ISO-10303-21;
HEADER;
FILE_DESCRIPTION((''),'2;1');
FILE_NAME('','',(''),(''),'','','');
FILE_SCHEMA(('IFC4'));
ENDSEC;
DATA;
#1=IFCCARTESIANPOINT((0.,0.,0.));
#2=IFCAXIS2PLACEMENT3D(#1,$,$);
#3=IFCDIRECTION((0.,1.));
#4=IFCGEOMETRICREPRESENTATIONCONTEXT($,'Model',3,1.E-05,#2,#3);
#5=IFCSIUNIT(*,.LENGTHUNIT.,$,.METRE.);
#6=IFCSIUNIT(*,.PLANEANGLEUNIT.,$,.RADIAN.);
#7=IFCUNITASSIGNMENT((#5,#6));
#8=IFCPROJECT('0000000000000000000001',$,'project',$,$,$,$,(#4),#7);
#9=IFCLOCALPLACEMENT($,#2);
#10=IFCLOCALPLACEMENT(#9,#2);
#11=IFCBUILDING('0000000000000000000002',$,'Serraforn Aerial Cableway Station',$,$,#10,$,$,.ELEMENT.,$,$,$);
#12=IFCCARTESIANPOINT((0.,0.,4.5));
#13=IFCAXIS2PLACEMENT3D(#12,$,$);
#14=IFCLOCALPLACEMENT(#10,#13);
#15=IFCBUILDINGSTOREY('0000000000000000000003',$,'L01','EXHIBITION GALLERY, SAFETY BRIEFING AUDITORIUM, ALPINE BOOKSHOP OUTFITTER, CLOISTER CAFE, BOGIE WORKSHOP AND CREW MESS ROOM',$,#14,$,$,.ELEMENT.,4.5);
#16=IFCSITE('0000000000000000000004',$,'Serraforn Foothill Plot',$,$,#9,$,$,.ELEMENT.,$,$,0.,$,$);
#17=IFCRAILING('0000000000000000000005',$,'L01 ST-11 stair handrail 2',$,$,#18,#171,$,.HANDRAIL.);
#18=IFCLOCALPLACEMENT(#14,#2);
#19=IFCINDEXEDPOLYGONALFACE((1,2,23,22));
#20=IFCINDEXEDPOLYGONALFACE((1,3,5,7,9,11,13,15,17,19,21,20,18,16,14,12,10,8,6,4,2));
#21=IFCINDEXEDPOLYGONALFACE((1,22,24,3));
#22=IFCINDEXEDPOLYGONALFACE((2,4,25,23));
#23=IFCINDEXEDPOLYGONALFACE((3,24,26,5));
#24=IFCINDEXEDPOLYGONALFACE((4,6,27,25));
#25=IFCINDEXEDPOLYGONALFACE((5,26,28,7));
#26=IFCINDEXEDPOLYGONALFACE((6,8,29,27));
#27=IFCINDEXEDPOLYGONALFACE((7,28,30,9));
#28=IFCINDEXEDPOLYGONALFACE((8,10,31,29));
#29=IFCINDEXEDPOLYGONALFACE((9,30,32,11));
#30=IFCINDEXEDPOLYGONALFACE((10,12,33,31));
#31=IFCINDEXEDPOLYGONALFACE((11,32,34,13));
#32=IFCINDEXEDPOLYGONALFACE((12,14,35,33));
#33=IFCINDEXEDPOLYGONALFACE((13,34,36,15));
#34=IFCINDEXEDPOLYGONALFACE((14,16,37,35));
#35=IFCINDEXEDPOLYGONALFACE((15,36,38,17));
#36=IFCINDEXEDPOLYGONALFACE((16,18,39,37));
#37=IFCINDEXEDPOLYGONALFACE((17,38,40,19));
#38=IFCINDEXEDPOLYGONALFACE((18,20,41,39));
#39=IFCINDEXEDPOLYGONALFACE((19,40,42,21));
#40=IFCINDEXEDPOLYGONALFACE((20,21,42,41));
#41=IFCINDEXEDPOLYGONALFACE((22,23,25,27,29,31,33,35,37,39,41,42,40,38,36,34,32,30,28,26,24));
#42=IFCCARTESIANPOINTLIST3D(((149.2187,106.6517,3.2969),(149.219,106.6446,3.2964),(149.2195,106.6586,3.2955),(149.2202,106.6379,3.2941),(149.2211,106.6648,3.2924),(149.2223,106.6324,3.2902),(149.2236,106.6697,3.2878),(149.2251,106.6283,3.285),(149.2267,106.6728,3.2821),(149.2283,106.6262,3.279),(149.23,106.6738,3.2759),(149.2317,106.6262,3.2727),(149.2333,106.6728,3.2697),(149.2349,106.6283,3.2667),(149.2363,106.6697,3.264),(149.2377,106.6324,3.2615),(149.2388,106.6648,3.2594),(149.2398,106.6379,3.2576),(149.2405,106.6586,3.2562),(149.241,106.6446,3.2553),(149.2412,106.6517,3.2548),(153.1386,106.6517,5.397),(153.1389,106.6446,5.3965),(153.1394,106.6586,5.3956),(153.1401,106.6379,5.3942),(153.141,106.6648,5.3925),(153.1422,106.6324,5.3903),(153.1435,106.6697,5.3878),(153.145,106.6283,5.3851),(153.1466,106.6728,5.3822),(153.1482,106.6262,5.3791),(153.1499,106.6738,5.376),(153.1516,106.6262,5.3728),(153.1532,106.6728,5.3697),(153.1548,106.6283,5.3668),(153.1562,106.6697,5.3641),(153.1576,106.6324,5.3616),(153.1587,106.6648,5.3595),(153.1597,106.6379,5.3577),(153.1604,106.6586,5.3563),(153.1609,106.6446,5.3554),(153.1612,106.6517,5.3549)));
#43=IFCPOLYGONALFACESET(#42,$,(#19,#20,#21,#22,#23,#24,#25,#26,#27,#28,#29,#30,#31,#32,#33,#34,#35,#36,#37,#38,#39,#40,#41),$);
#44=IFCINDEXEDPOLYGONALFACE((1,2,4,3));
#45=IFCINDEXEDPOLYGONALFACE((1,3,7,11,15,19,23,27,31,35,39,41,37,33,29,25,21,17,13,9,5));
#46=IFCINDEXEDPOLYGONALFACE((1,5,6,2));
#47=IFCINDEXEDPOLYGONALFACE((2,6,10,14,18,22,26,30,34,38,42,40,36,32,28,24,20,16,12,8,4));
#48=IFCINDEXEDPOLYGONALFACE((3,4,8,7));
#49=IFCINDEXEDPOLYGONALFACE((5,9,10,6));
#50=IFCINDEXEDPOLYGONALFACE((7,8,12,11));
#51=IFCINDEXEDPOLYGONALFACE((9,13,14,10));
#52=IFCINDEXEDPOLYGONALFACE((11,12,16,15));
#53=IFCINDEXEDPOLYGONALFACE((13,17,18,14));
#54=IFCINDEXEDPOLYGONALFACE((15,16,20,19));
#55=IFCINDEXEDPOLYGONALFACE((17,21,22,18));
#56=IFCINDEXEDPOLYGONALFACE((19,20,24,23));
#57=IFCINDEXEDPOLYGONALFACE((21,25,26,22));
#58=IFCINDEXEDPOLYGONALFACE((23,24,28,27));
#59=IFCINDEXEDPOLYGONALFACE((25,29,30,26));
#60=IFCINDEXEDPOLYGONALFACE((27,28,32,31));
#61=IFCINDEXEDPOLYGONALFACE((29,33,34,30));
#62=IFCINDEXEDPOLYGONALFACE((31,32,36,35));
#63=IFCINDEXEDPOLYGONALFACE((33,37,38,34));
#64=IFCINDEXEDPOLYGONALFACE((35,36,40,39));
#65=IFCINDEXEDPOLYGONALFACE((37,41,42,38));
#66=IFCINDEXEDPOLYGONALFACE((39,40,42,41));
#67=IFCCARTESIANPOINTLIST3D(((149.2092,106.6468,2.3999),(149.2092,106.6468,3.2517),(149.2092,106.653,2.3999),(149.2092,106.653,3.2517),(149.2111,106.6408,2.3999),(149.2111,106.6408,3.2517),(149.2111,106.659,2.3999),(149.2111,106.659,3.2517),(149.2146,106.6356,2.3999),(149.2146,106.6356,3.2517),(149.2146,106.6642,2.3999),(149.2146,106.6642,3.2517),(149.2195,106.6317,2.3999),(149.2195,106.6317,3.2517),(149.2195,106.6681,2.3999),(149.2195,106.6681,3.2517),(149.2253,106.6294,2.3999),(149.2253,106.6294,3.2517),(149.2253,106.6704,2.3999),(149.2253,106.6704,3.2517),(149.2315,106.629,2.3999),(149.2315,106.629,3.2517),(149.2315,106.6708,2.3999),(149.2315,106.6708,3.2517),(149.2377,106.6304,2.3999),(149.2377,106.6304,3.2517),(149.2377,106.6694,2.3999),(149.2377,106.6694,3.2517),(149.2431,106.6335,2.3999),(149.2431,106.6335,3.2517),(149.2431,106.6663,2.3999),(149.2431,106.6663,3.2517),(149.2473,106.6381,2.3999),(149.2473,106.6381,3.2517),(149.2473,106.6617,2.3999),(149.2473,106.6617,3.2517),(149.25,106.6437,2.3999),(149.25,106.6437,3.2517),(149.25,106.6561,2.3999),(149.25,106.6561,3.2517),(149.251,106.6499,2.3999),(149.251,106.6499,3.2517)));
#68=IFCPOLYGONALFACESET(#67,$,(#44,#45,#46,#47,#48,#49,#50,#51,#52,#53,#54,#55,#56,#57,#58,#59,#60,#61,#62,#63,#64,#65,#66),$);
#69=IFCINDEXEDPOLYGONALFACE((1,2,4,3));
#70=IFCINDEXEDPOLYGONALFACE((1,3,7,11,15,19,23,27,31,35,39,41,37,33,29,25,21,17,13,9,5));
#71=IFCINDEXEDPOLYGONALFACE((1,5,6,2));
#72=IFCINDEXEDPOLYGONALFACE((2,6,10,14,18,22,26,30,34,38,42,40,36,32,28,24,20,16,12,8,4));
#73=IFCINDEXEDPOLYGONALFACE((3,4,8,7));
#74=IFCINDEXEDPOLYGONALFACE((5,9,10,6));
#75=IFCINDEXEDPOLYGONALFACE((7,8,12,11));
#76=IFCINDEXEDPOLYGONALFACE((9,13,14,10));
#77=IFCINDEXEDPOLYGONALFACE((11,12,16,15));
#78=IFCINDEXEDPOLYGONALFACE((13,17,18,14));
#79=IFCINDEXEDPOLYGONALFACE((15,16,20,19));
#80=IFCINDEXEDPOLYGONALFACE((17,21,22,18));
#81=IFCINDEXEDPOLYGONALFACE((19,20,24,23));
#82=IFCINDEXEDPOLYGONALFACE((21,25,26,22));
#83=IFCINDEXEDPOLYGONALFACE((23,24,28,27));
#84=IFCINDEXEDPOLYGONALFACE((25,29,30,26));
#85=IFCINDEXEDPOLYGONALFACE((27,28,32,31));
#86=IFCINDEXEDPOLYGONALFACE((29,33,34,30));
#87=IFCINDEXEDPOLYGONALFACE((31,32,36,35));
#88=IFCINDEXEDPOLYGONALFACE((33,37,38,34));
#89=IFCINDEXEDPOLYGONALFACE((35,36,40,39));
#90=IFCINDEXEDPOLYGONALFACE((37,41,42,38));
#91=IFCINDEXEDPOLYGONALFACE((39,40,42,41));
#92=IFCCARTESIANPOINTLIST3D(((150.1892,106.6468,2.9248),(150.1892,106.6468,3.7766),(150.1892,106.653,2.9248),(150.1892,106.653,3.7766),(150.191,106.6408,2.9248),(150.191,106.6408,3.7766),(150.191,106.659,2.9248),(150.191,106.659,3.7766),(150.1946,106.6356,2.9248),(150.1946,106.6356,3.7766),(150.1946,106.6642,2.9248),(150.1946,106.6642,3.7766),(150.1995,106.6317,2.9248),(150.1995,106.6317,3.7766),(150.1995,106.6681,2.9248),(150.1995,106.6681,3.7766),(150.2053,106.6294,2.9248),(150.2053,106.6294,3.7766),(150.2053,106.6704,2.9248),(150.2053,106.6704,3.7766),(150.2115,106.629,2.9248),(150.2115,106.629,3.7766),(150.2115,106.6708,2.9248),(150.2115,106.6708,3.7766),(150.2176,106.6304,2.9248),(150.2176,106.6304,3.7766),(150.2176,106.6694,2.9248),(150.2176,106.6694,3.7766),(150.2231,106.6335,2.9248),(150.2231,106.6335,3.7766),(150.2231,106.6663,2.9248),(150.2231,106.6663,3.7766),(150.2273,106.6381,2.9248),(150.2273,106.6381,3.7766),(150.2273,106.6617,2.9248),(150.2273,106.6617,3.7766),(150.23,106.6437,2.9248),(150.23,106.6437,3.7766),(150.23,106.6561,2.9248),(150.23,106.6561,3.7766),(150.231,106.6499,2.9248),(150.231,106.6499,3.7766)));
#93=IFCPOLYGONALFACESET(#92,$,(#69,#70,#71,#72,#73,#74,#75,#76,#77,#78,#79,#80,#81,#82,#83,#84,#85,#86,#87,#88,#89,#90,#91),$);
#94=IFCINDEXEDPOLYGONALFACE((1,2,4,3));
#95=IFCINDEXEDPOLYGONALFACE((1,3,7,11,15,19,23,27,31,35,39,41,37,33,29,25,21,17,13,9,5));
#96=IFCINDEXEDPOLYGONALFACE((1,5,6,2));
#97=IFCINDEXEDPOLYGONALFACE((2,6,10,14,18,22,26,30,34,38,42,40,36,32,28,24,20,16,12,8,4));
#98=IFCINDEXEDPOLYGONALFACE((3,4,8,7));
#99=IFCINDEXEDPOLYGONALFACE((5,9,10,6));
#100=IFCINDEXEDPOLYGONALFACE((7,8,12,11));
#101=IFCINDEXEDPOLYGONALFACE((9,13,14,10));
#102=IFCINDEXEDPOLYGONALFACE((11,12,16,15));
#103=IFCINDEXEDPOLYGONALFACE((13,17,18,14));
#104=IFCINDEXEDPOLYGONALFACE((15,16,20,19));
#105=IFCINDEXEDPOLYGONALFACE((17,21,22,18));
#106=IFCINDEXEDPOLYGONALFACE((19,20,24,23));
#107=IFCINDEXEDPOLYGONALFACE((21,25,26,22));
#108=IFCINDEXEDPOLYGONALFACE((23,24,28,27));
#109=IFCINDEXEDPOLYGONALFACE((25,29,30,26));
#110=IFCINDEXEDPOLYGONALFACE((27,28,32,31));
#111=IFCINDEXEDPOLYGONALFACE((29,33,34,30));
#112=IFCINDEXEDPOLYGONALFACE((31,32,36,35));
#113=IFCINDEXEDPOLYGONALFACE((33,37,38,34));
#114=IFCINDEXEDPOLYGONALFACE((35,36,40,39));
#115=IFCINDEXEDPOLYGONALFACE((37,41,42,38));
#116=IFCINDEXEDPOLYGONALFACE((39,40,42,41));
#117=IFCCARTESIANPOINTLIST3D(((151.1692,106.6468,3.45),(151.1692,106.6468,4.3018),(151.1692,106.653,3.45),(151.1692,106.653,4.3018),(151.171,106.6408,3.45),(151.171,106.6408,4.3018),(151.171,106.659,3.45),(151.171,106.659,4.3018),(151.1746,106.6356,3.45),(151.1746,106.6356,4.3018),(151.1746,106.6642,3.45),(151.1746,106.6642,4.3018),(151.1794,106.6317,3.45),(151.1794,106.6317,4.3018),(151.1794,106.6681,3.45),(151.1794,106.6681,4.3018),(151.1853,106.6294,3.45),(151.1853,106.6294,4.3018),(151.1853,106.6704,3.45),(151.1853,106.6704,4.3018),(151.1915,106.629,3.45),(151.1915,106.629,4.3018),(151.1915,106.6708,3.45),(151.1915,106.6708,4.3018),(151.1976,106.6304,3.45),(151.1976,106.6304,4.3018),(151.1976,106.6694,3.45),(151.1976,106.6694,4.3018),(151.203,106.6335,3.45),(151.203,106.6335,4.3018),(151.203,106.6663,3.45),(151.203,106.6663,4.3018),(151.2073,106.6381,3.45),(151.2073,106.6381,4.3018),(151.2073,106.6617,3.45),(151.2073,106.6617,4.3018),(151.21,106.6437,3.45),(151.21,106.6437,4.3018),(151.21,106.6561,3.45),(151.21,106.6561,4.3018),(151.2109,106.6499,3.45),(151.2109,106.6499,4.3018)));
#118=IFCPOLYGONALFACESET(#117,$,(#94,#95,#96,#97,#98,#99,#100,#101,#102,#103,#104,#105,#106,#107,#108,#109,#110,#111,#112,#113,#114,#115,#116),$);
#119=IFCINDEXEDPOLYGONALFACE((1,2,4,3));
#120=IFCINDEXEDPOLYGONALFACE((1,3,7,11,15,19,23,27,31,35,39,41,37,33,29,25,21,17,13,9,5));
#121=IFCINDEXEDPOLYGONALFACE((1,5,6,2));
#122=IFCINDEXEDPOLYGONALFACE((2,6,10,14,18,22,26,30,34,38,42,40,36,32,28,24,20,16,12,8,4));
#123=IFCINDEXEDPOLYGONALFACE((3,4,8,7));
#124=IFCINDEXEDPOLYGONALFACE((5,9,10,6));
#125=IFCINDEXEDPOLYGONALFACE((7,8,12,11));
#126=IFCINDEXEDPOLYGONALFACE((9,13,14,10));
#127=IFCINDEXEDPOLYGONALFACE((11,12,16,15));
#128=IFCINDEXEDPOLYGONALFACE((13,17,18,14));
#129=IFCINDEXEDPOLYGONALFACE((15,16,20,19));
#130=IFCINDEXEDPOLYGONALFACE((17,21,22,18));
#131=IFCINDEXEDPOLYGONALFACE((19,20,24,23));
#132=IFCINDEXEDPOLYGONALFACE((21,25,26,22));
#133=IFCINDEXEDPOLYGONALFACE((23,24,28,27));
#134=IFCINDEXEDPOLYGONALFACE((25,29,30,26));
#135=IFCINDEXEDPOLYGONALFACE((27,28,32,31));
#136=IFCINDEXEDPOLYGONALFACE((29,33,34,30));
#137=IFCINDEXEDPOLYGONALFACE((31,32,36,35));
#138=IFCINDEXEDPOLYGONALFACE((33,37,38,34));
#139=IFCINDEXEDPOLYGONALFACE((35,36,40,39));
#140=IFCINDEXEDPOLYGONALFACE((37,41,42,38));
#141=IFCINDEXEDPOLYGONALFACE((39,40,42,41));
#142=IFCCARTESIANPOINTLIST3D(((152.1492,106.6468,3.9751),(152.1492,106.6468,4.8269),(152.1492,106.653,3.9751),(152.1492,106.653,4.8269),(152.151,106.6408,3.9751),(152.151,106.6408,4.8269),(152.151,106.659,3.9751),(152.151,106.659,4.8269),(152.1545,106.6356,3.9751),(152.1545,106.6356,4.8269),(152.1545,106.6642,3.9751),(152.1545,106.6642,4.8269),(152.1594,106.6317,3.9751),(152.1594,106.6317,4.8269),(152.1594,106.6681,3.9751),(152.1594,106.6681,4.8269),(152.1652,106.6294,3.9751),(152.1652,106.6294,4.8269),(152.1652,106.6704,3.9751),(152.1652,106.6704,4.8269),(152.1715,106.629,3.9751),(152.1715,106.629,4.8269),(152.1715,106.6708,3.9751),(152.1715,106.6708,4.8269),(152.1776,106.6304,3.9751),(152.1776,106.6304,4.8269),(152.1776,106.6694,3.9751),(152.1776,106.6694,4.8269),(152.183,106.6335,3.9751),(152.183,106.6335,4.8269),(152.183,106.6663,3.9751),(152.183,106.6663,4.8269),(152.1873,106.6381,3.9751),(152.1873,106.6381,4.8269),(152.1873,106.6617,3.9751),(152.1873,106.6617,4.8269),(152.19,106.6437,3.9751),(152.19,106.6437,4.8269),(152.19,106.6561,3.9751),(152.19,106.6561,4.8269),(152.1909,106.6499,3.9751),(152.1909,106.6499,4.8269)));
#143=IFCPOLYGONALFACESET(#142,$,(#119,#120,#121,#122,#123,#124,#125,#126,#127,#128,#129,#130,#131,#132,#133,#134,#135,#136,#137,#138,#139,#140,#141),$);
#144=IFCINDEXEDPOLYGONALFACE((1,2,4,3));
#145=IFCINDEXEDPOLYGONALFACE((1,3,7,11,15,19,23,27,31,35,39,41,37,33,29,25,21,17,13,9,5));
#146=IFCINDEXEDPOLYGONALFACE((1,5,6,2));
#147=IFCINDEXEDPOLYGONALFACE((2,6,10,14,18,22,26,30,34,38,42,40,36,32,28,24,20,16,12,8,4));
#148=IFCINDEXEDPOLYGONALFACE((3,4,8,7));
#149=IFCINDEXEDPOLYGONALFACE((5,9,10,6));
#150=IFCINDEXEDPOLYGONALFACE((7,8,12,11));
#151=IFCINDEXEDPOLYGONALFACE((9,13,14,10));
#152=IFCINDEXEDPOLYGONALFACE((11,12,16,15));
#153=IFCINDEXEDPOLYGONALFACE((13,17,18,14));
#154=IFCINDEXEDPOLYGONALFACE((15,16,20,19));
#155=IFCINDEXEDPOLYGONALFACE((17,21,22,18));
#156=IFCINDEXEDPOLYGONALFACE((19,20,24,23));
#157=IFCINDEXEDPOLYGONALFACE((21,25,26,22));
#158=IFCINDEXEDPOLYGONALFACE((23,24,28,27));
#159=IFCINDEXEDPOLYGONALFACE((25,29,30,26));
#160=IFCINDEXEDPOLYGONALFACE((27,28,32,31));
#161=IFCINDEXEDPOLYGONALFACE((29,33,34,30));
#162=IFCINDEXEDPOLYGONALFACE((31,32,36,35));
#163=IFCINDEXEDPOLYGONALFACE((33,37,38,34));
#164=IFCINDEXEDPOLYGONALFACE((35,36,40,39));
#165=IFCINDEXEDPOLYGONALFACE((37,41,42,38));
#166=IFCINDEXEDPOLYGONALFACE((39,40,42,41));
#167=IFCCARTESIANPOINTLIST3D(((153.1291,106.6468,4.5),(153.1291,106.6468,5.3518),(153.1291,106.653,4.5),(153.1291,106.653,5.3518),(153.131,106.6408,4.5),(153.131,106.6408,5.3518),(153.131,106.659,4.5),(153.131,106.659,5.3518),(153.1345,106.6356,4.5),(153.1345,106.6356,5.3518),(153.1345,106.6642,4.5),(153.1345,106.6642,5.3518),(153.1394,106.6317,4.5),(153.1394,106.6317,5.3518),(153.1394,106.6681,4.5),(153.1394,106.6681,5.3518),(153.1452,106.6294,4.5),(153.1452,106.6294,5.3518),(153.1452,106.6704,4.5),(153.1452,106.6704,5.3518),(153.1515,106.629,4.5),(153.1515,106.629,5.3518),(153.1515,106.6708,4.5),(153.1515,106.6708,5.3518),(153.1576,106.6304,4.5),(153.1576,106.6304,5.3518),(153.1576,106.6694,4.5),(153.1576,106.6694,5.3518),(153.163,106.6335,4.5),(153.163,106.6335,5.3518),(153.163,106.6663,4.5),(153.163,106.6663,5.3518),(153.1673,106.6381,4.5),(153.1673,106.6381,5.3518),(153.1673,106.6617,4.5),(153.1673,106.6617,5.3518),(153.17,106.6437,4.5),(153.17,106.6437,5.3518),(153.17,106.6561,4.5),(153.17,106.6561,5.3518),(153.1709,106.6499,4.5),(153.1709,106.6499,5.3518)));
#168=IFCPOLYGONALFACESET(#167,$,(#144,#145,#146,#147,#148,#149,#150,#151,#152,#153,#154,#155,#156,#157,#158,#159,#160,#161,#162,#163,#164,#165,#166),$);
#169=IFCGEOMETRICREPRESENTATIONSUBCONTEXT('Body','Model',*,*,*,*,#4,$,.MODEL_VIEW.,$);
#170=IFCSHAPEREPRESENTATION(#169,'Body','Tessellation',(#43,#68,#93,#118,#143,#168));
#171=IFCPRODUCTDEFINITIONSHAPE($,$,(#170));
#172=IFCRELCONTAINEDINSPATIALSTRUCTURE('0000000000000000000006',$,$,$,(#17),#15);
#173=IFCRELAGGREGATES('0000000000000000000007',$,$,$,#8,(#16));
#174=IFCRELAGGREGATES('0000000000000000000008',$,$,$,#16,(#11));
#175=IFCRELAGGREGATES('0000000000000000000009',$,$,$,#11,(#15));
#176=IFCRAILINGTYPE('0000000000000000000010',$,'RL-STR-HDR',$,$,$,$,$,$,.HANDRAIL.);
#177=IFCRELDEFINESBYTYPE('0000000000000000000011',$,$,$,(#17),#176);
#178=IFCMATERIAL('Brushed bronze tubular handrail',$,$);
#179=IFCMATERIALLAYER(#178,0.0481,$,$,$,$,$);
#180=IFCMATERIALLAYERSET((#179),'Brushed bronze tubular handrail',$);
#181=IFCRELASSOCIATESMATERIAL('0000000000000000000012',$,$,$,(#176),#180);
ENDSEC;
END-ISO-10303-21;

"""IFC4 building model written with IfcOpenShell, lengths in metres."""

from ifc_helpers import new_model, si_unit, direction, frame, origin, origin_2d, place, context, subcontext, project, spatial, circle, extrude, material, layer, layer_set, type_object, element, save


model = new_model("IFC4")

# Units and contexts
model_context = context("Model", 3, precision=1e-05, world=origin(), true_north=direction((0.0, 1.0)))
body_context = subcontext(model_context, "Body", "Model", "MODEL_VIEW")
ifc_project = project(units=[si_unit("LENGTHUNIT", "METRE"), si_unit("PLANEANGLEUNIT", "RADIAN")], contexts=[model_context])

# Site, building, storey
site_placement = place(None, origin())
site = spatial("IfcSite", under=ifc_project, at=site_placement, Name="Serraforn Foothill Plot", CompositionType="ELEMENT", RefElevation=0.0)
building_placement = place(site_placement, origin())
building = spatial("IfcBuilding", under=site, at=building_placement, Name="Serraforn Aerial Cableway Station", CompositionType="ELEMENT")
storey_placement = place(building_placement, frame((0.0, 0.0, 4.5)))
storey = spatial("IfcBuildingStorey", under=building, at=storey_placement, Name="L01", Description="EXHIBITION GALLERY, SAFETY BRIEFING AUDITORIUM, ALPINE BOOKSHOP OUTFITTER, CLOISTER CAFE, BOGIE WORKSHOP AND CREW MESS ROOM", CompositionType="ELEMENT", Elevation=4.5)

# Railing
ifc_material_1 = material(Name="Brushed bronze tubular handrail")
ifc_layer_1 = layer(ifc_material_1, 0.0481)
ifc_layer_set_1 = layer_set([ifc_layer_1], Name="Brushed bronze tubular handrail")
railing_type_1 = type_object("IfcRailingType", Name="RL-STR-HDR", PredefinedType="HANDRAIL", material=ifc_layer_set_1)
railing_1_placement = place(storey_placement, frame((149.23, 106.6499, 2.3999)))
element("IfcRailing", 1, at=railing_1_placement, inside=storey, type_object=railing_type_1, Name="L01 ST-11 stair handrail 2", PredefinedType="HANDRAIL", context=body_context, shape_type="SweptSolid", body=[
    extrude(circle(Radius=0.0239, at=origin_2d()), frame((0.0, 0.0, 0.876), z_axis=(0.881467, 0.0, 0.472246), x_axis=(0.0, 1.0, 0.0)), (0.0, 0.0, 1.0), 4.447),
    extrude(circle(Radius=0.021, at=origin_2d()), origin(), (0.0, 0.0, 1.0), 0.8518),
    extrude(circle(Radius=0.021, at=origin_2d()), frame((0.98, 0.0, 0.5249)), (0.0, 0.0, 1.0), 0.8518),
    extrude(circle(Radius=0.021, at=origin_2d()), frame((1.96, 0.0, 1.05)), (0.0, 0.0, 1.0), 0.8518),
    extrude(circle(Radius=0.021, at=origin_2d()), frame((2.9399, 0.0, 1.5752)), (0.0, 0.0, 1.0), 0.8518),
    extrude(circle(Radius=0.021, at=origin_2d()), frame((3.9199, 0.0, 2.1001)), (0.0, 0.0, 1.0), 0.8518),
])

save(model, "model.ifc")
